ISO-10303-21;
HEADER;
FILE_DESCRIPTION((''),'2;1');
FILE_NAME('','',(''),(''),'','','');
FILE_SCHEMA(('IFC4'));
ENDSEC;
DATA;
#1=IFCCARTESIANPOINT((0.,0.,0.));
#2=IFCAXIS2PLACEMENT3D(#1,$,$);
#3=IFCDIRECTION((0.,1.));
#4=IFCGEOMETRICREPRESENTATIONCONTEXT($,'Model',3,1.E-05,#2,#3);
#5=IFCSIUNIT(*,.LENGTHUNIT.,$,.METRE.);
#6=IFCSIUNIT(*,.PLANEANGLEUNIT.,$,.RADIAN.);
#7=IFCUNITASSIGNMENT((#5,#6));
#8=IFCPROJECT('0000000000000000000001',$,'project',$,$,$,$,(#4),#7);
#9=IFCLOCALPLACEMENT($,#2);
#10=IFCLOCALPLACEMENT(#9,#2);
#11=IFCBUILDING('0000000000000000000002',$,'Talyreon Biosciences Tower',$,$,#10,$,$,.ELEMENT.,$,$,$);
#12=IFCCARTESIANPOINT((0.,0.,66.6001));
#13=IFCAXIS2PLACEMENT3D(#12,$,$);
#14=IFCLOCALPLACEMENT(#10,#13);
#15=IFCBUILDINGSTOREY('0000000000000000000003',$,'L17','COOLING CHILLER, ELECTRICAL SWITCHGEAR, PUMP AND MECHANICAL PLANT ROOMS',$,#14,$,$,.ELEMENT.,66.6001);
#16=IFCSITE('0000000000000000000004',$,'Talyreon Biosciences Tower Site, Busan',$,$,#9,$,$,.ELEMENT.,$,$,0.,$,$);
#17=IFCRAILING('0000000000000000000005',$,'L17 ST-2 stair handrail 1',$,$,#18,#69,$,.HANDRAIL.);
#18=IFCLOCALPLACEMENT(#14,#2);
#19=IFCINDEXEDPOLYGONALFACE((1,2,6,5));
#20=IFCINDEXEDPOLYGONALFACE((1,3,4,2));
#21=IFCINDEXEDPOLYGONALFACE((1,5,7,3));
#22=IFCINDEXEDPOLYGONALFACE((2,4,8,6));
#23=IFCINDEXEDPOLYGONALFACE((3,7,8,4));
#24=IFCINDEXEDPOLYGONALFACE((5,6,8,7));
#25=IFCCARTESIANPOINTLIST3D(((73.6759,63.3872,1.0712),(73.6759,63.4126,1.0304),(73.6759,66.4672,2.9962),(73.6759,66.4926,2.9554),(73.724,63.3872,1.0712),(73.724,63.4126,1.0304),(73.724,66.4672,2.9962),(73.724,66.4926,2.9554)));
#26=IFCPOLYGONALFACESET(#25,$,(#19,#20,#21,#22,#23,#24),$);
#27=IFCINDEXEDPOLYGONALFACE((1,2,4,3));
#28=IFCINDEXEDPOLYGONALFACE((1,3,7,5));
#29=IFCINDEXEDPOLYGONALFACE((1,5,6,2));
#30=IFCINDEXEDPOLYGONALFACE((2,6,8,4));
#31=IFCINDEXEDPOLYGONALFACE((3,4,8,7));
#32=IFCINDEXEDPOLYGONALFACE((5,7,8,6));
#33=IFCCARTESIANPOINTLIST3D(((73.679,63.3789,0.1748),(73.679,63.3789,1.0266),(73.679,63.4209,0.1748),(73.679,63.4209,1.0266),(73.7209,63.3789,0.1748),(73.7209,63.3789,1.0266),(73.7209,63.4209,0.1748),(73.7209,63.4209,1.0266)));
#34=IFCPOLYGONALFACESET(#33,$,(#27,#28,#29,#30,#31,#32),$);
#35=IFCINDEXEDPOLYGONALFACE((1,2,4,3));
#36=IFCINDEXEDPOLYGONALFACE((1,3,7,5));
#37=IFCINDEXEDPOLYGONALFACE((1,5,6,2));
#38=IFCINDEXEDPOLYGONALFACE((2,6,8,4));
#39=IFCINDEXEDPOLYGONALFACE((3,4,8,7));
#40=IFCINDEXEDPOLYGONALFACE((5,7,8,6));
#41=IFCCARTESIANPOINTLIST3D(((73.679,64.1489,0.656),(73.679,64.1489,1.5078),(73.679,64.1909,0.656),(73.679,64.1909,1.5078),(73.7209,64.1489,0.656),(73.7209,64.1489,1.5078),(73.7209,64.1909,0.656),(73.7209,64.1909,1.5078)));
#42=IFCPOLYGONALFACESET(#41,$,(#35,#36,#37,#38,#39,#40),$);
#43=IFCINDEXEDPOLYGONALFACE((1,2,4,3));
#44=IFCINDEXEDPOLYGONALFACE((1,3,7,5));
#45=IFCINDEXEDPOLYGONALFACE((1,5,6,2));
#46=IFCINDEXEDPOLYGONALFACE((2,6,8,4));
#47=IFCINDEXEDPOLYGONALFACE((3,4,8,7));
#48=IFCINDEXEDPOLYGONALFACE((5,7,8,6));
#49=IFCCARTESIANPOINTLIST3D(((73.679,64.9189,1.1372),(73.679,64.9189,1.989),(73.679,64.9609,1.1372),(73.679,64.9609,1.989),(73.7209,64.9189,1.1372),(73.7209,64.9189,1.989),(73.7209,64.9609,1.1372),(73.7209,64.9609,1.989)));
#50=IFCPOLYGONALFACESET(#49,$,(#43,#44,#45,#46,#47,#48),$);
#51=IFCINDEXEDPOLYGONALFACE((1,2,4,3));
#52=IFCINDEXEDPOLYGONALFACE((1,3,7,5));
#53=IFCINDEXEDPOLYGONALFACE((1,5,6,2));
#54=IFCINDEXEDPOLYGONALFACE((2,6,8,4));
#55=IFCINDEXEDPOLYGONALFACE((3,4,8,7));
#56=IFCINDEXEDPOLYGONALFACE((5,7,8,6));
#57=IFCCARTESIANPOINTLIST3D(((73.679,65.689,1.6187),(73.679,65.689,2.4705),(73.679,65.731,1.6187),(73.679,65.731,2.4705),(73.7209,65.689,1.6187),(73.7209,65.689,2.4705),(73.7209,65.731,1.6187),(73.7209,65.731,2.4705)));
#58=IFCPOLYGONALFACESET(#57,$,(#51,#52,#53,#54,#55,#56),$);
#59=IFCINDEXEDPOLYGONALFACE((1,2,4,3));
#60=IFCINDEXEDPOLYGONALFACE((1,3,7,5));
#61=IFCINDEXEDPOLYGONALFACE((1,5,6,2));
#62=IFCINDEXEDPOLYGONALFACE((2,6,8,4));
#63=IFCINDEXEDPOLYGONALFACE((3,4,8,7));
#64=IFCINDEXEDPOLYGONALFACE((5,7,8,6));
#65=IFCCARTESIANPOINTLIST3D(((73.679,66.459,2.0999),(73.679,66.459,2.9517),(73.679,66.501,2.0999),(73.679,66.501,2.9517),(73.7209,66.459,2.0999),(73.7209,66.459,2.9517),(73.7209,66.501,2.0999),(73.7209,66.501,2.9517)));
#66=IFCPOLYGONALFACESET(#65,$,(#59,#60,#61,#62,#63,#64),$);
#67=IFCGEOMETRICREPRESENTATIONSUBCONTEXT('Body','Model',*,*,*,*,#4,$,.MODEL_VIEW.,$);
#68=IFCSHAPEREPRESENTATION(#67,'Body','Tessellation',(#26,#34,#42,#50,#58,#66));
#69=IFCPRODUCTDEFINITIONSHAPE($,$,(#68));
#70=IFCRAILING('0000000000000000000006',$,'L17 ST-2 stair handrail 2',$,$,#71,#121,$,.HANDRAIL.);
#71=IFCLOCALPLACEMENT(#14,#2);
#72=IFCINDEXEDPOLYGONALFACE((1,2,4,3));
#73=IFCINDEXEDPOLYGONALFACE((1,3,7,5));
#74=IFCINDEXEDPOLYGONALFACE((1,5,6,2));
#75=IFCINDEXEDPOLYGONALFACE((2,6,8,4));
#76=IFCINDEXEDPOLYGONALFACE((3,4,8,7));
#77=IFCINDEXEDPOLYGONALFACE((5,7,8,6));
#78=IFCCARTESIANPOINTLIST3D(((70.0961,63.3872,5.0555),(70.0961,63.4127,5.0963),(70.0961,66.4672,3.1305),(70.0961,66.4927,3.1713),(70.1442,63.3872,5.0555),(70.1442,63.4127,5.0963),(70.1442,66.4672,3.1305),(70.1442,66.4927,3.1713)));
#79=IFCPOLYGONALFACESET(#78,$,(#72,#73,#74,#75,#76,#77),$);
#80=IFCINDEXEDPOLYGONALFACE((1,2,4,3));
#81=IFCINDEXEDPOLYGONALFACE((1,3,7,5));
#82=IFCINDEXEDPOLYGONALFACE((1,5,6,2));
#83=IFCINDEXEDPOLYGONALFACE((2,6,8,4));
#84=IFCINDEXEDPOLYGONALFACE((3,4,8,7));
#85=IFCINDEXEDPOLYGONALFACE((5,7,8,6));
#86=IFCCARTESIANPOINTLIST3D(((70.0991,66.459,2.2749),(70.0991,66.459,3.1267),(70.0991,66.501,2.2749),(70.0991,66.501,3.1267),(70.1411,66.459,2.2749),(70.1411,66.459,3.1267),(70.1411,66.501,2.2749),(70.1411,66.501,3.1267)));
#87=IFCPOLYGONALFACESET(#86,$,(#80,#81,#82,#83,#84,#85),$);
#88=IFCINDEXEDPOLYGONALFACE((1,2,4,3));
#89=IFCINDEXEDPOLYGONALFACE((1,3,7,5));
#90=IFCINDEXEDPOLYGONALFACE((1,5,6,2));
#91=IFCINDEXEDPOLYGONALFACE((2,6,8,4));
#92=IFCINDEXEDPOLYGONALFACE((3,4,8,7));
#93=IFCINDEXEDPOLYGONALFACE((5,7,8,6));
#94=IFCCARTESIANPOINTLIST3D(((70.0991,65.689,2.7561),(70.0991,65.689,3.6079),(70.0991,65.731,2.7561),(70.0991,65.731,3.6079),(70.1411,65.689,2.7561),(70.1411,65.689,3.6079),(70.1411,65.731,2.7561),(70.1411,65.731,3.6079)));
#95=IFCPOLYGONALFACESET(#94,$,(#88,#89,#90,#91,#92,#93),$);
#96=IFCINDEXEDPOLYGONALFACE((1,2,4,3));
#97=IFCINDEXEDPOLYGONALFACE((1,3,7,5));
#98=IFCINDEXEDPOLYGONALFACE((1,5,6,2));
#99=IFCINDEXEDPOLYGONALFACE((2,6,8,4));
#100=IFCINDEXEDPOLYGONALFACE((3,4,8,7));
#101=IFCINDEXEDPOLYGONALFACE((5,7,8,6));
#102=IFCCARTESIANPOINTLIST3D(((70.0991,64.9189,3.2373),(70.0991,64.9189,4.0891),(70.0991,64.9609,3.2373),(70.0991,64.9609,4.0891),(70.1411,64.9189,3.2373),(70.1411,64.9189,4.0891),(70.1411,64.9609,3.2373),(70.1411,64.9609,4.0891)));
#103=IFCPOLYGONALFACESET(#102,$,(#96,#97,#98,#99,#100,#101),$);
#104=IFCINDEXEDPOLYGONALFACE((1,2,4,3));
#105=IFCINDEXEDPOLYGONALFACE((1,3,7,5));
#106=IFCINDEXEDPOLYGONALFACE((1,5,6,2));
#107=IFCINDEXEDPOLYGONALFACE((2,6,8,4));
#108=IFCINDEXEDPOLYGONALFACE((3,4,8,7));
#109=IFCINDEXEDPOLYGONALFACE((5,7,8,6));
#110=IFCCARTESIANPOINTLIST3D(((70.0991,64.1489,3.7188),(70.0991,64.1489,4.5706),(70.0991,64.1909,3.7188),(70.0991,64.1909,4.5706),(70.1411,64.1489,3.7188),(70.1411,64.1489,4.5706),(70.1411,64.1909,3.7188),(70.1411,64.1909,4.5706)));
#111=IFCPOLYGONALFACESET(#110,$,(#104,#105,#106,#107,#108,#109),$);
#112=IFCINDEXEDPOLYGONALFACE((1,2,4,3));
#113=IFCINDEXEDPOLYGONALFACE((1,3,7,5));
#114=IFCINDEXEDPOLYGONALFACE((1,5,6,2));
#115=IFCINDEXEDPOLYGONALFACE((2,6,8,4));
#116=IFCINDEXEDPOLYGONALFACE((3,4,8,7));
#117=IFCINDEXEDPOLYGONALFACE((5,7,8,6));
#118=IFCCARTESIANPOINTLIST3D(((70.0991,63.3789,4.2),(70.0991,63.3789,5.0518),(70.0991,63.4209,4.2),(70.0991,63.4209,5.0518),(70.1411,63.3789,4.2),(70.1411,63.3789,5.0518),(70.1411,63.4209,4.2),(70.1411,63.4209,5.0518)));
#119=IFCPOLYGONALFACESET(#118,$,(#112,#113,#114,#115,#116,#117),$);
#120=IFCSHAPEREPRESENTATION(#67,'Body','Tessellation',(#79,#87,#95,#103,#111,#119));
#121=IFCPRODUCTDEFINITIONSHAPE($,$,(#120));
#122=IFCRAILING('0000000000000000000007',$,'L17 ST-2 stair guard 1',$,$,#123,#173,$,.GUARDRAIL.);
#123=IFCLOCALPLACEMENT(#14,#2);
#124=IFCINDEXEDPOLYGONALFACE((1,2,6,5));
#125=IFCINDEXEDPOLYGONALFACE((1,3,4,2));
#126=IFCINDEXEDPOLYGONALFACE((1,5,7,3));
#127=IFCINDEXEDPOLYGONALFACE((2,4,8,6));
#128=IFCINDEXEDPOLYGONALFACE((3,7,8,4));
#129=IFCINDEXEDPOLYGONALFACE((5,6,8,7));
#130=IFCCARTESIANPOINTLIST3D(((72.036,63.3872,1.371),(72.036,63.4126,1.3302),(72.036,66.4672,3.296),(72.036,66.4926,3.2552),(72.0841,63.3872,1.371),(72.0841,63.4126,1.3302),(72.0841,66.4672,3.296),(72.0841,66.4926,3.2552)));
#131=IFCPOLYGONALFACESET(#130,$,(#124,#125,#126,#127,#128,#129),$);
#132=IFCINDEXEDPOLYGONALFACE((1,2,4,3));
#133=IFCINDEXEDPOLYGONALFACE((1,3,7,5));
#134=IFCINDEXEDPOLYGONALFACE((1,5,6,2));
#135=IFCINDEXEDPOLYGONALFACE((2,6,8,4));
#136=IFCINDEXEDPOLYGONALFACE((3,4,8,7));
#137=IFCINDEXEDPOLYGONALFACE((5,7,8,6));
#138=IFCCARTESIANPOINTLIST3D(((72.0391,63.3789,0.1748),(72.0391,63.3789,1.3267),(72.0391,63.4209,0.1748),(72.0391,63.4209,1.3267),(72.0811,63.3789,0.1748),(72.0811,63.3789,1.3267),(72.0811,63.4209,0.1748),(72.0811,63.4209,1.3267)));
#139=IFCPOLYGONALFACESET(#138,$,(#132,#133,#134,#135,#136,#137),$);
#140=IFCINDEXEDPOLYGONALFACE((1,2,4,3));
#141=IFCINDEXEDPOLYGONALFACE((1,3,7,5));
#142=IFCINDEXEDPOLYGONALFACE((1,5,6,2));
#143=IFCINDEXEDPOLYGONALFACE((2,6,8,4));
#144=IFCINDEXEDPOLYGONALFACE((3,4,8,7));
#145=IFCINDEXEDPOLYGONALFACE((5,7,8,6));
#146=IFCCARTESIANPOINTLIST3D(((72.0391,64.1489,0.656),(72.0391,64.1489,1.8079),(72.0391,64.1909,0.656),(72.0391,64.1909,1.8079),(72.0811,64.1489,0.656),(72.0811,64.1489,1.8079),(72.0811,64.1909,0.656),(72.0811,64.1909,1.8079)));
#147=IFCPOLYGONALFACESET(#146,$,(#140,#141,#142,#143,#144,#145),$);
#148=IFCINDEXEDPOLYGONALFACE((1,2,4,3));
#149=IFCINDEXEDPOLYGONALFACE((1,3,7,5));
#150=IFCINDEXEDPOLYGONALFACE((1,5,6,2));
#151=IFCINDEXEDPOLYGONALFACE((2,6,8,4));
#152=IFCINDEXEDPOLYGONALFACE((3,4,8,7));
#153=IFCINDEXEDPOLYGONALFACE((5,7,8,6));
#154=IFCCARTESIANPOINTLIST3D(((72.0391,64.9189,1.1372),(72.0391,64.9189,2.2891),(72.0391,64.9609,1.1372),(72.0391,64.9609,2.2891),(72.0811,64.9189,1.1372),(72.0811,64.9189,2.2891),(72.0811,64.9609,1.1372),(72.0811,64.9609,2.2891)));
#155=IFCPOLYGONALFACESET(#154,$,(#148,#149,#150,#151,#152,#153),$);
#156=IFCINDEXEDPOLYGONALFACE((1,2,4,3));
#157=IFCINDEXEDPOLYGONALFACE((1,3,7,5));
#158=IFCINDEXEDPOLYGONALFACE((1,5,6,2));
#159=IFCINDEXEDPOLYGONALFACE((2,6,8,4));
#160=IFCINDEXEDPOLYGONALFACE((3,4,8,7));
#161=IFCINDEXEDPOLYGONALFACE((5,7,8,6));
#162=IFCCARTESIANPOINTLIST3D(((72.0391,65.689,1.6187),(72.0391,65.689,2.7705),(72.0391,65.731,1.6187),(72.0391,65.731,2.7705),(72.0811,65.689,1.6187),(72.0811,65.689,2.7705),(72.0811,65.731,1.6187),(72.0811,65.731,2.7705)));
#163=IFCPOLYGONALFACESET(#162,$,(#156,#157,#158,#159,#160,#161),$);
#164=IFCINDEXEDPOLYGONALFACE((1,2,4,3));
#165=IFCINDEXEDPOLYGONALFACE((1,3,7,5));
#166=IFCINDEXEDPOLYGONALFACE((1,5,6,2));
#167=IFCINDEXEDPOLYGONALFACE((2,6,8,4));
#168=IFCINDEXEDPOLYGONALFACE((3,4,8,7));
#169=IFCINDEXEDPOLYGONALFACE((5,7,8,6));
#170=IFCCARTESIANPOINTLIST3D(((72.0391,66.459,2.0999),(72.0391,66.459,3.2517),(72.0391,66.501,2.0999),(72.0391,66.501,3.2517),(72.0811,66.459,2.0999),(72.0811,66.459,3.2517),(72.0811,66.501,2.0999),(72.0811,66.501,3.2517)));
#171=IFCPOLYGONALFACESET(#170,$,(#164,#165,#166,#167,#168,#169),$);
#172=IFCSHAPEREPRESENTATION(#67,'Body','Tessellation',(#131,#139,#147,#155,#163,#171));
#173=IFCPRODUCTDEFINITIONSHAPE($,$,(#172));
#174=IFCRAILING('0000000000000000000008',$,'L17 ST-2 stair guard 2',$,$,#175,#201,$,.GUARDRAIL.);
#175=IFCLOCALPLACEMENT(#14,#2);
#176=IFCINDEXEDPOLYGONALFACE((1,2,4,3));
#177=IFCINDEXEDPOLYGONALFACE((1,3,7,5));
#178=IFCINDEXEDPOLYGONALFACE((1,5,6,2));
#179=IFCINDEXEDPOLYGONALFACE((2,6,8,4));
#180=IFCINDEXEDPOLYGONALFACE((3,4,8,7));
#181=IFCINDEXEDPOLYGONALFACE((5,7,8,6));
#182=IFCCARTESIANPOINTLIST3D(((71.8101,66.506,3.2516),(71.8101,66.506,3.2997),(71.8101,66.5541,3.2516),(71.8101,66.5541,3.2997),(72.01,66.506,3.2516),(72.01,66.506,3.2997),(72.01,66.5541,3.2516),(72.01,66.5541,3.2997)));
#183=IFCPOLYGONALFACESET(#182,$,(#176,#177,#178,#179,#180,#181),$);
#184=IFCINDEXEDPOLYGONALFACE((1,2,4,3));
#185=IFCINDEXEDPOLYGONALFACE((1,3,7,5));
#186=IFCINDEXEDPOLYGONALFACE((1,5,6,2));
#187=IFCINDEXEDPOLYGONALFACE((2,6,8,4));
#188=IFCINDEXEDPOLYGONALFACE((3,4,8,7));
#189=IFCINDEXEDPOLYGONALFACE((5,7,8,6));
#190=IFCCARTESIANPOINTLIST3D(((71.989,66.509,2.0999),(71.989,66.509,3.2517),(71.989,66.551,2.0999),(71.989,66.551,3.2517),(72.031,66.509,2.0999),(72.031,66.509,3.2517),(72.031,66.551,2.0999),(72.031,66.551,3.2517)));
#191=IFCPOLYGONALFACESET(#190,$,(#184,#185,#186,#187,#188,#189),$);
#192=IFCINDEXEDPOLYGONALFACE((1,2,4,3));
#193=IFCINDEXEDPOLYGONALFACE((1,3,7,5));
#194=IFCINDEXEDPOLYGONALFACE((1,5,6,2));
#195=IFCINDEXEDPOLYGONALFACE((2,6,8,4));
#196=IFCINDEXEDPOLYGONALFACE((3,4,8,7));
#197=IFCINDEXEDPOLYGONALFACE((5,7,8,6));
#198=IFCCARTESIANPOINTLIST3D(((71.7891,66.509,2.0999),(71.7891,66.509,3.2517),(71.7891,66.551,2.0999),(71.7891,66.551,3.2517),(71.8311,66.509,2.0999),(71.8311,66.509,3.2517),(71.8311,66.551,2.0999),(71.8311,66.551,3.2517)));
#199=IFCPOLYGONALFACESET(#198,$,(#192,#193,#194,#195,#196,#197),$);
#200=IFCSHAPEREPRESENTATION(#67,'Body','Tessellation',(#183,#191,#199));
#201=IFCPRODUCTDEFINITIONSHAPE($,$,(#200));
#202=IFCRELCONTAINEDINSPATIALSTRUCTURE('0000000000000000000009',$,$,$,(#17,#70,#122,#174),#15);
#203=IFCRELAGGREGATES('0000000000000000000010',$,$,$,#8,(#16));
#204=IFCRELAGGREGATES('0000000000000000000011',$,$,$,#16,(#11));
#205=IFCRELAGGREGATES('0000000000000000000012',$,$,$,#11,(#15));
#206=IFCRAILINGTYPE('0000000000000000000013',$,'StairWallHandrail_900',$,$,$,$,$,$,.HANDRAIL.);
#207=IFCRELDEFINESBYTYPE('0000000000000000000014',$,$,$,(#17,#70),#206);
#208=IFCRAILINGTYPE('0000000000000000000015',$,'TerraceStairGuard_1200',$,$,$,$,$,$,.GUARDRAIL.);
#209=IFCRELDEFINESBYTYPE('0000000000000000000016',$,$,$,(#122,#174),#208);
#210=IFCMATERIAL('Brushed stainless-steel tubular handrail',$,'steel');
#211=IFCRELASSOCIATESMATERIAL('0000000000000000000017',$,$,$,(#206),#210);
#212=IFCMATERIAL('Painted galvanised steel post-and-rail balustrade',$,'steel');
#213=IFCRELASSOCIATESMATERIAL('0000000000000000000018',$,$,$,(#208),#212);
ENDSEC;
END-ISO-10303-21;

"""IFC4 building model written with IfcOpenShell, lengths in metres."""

from ifc_helpers import new_model, si_unit, direction, frame, origin, origin_2d, place, context, subcontext, project, spatial, rectangle, extrude, material, type_object, element, save


model = new_model("IFC4")

# Units and contexts
model_context = context("Model", 3, precision=1e-05, world=origin(), true_north=direction((0.0, 1.0)))
body_context = subcontext(model_context, "Body", "Model", "MODEL_VIEW")
ifc_project = project(units=[si_unit("LENGTHUNIT", "METRE"), si_unit("PLANEANGLEUNIT", "RADIAN")], contexts=[model_context])

# Site, building, storey
site_placement = place(None, origin())
site = spatial("IfcSite", under=ifc_project, at=site_placement, Name="Talyreon Biosciences Tower Site, Busan", CompositionType="ELEMENT", RefElevation=0.0)
building_placement = place(site_placement, origin())
building = spatial("IfcBuilding", under=site, at=building_placement, Name="Talyreon Biosciences Tower", CompositionType="ELEMENT")
storey_placement = place(building_placement, frame((0.0, 0.0, 66.6001)))
storey = spatial("IfcBuildingStorey", under=building, at=storey_placement, Name="L17", Description="COOLING CHILLER, ELECTRICAL SWITCHGEAR, PUMP AND MECHANICAL PLANT ROOMS", CompositionType="ELEMENT", Elevation=66.6001)

# Railings
ifc_material_1 = material(Name="Brushed stainless-steel tubular handrail", Category="steel")
railing_type_1 = type_object("IfcRailingType", Name="StairWallHandrail_900", PredefinedType="HANDRAIL", material=ifc_material_1)
railing_1_placement = place(storey_placement, frame((73.7, 63.3999, 0.1748)))
element("IfcRailing", 1, at=railing_1_placement, inside=storey, type_object=railing_type_1, Name="L17 ST-2 stair handrail 1", PredefinedType="HANDRAIL", context=body_context, shape_type="SweptSolid", body=[
    extrude(rectangle(XDim=0.0481, YDim=0.0481, at=origin_2d()), frame((0.0, 0.0, 0.876), z_axis=(0.0, 0.847998, 0.529999), x_axis=(-1.0, 0.0, 0.0)), (0.0, 0.0, 1.0), 3.6321),
    extrude(rectangle(XDim=0.042, YDim=0.042, at=origin_2d()), origin(), (0.0, 0.0, 1.0), 0.8518),
    extrude(rectangle(XDim=0.042, YDim=0.042, at=origin_2d()), frame((0.0, 0.77, 0.4812)), (0.0, 0.0, 1.0), 0.8518),
    extrude(rectangle(XDim=0.042, YDim=0.042, at=origin_2d()), frame((0.0, 1.54, 0.9624)), (0.0, 0.0, 1.0), 0.8518),
    extrude(rectangle(XDim=0.042, YDim=0.042, at=origin_2d()), frame((0.0, 2.3101, 1.4438)), (0.0, 0.0, 1.0), 0.8518),
    extrude(rectangle(XDim=0.042, YDim=0.042, at=origin_2d()), frame((0.0, 3.0801, 1.925)), (0.0, 0.0, 1.0), 0.8518),
])
railing_2_placement = place(storey_placement, frame((70.1201, 66.48, 2.2749)))
element("IfcRailing", 2, at=railing_2_placement, inside=storey, type_object=railing_type_1, Name="L17 ST-2 stair handrail 2", PredefinedType="HANDRAIL", context=body_context, shape_type="SweptSolid", body=[
    extrude(rectangle(XDim=0.0481, YDim=0.0481, at=origin_2d()), frame((0.0, 0.0, 0.876), z_axis=(0.0, -0.847998, 0.529999), x_axis=(1.0, 0.0, 0.0)), (0.0, 0.0, 1.0), 3.6321),
    extrude(rectangle(XDim=0.042, YDim=0.042, at=origin_2d()), origin(), (0.0, 0.0, 1.0), 0.8518),
    extrude(rectangle(XDim=0.042, YDim=0.042, at=origin_2d()), frame((0.0, -0.77, 0.4812)), (0.0, 0.0, 1.0), 0.8518),
    extrude(rectangle(XDim=0.042, YDim=0.042, at=origin_2d()), frame((0.0, -1.54, 0.9624)), (0.0, 0.0, 1.0), 0.8518),
    extrude(rectangle(XDim=0.042, YDim=0.042, at=origin_2d()), frame((0.0, -2.3101, 1.4438)), (0.0, 0.0, 1.0), 0.8518),
    extrude(rectangle(XDim=0.042, YDim=0.042, at=origin_2d()), frame((0.0, -3.0801, 1.925)), (0.0, 0.0, 1.0), 0.8518),
])
ifc_material_2 = material(Name="Painted galvanised steel post-and-rail balustrade", Category="steel")
railing_type_2 = type_object("IfcRailingType", Name="TerraceStairGuard_1200", PredefinedType="GUARDRAIL", material=ifc_material_2)
railing_3_placement = place(storey_placement, frame((72.0601, 63.3999, 0.1748)))
element("IfcRailing", 3, at=railing_3_placement, inside=storey, type_object=railing_type_2, Name="L17 ST-2 stair guard 1", PredefinedType="GUARDRAIL", context=body_context, shape_type="SweptSolid", body=[
    extrude(rectangle(XDim=0.0481, YDim=0.0481, at=origin_2d()), frame((0.0, 0.0, 1.1758), z_axis=(0.0, 0.847998, 0.529999), x_axis=(-1.0, 0.0, 0.0)), (0.0, 0.0, 1.0), 3.6321),
    extrude(rectangle(XDim=0.042, YDim=0.042, at=origin_2d()), origin(), (0.0, 0.0, 1.0), 1.1519),
    extrude(rectangle(XDim=0.042, YDim=0.042, at=origin_2d()), frame((0.0, 0.77, 0.4812)), (0.0, 0.0, 1.0), 1.1519),
    extrude(rectangle(XDim=0.042, YDim=0.042, at=origin_2d()), frame((0.0, 1.54, 0.9624)), (0.0, 0.0, 1.0), 1.1519),
    extrude(rectangle(XDim=0.042, YDim=0.042, at=origin_2d()), frame((0.0, 2.3101, 1.4438)), (0.0, 0.0, 1.0), 1.1519),
    extrude(rectangle(XDim=0.042, YDim=0.042, at=origin_2d()), frame((0.0, 3.0801, 1.925)), (0.0, 0.0, 1.0), 1.1519),
])
railing_4_placement = place(storey_placement, frame((72.01, 66.53, 2.0999)))
element("IfcRailing", 4, at=railing_4_placement, inside=storey, type_object=railing_type_2, Name="L17 ST-2 stair guard 2", PredefinedType="GUARDRAIL", context=body_context, shape_type="SweptSolid", body=[
    extrude(rectangle(XDim=0.0481, YDim=0.0481, at=origin_2d()), frame((0.0, 0.0, 1.1758), z_axis=(-1.0, 0.0, 0.0), x_axis=(0.0, -1.0, 0.0)), (0.0, 0.0, 1.0), 0.2),
    extrude(rectangle(XDim=0.042, YDim=0.042, at=origin_2d()), origin(), (0.0, 0.0, 1.0), 1.1519),
    extrude(rectangle(XDim=0.042, YDim=0.042, at=origin_2d()), frame((-0.2, 0.0, 0.0)), (0.0, 0.0, 1.0), 1.1519),
])

save(model, "model.ifc")
